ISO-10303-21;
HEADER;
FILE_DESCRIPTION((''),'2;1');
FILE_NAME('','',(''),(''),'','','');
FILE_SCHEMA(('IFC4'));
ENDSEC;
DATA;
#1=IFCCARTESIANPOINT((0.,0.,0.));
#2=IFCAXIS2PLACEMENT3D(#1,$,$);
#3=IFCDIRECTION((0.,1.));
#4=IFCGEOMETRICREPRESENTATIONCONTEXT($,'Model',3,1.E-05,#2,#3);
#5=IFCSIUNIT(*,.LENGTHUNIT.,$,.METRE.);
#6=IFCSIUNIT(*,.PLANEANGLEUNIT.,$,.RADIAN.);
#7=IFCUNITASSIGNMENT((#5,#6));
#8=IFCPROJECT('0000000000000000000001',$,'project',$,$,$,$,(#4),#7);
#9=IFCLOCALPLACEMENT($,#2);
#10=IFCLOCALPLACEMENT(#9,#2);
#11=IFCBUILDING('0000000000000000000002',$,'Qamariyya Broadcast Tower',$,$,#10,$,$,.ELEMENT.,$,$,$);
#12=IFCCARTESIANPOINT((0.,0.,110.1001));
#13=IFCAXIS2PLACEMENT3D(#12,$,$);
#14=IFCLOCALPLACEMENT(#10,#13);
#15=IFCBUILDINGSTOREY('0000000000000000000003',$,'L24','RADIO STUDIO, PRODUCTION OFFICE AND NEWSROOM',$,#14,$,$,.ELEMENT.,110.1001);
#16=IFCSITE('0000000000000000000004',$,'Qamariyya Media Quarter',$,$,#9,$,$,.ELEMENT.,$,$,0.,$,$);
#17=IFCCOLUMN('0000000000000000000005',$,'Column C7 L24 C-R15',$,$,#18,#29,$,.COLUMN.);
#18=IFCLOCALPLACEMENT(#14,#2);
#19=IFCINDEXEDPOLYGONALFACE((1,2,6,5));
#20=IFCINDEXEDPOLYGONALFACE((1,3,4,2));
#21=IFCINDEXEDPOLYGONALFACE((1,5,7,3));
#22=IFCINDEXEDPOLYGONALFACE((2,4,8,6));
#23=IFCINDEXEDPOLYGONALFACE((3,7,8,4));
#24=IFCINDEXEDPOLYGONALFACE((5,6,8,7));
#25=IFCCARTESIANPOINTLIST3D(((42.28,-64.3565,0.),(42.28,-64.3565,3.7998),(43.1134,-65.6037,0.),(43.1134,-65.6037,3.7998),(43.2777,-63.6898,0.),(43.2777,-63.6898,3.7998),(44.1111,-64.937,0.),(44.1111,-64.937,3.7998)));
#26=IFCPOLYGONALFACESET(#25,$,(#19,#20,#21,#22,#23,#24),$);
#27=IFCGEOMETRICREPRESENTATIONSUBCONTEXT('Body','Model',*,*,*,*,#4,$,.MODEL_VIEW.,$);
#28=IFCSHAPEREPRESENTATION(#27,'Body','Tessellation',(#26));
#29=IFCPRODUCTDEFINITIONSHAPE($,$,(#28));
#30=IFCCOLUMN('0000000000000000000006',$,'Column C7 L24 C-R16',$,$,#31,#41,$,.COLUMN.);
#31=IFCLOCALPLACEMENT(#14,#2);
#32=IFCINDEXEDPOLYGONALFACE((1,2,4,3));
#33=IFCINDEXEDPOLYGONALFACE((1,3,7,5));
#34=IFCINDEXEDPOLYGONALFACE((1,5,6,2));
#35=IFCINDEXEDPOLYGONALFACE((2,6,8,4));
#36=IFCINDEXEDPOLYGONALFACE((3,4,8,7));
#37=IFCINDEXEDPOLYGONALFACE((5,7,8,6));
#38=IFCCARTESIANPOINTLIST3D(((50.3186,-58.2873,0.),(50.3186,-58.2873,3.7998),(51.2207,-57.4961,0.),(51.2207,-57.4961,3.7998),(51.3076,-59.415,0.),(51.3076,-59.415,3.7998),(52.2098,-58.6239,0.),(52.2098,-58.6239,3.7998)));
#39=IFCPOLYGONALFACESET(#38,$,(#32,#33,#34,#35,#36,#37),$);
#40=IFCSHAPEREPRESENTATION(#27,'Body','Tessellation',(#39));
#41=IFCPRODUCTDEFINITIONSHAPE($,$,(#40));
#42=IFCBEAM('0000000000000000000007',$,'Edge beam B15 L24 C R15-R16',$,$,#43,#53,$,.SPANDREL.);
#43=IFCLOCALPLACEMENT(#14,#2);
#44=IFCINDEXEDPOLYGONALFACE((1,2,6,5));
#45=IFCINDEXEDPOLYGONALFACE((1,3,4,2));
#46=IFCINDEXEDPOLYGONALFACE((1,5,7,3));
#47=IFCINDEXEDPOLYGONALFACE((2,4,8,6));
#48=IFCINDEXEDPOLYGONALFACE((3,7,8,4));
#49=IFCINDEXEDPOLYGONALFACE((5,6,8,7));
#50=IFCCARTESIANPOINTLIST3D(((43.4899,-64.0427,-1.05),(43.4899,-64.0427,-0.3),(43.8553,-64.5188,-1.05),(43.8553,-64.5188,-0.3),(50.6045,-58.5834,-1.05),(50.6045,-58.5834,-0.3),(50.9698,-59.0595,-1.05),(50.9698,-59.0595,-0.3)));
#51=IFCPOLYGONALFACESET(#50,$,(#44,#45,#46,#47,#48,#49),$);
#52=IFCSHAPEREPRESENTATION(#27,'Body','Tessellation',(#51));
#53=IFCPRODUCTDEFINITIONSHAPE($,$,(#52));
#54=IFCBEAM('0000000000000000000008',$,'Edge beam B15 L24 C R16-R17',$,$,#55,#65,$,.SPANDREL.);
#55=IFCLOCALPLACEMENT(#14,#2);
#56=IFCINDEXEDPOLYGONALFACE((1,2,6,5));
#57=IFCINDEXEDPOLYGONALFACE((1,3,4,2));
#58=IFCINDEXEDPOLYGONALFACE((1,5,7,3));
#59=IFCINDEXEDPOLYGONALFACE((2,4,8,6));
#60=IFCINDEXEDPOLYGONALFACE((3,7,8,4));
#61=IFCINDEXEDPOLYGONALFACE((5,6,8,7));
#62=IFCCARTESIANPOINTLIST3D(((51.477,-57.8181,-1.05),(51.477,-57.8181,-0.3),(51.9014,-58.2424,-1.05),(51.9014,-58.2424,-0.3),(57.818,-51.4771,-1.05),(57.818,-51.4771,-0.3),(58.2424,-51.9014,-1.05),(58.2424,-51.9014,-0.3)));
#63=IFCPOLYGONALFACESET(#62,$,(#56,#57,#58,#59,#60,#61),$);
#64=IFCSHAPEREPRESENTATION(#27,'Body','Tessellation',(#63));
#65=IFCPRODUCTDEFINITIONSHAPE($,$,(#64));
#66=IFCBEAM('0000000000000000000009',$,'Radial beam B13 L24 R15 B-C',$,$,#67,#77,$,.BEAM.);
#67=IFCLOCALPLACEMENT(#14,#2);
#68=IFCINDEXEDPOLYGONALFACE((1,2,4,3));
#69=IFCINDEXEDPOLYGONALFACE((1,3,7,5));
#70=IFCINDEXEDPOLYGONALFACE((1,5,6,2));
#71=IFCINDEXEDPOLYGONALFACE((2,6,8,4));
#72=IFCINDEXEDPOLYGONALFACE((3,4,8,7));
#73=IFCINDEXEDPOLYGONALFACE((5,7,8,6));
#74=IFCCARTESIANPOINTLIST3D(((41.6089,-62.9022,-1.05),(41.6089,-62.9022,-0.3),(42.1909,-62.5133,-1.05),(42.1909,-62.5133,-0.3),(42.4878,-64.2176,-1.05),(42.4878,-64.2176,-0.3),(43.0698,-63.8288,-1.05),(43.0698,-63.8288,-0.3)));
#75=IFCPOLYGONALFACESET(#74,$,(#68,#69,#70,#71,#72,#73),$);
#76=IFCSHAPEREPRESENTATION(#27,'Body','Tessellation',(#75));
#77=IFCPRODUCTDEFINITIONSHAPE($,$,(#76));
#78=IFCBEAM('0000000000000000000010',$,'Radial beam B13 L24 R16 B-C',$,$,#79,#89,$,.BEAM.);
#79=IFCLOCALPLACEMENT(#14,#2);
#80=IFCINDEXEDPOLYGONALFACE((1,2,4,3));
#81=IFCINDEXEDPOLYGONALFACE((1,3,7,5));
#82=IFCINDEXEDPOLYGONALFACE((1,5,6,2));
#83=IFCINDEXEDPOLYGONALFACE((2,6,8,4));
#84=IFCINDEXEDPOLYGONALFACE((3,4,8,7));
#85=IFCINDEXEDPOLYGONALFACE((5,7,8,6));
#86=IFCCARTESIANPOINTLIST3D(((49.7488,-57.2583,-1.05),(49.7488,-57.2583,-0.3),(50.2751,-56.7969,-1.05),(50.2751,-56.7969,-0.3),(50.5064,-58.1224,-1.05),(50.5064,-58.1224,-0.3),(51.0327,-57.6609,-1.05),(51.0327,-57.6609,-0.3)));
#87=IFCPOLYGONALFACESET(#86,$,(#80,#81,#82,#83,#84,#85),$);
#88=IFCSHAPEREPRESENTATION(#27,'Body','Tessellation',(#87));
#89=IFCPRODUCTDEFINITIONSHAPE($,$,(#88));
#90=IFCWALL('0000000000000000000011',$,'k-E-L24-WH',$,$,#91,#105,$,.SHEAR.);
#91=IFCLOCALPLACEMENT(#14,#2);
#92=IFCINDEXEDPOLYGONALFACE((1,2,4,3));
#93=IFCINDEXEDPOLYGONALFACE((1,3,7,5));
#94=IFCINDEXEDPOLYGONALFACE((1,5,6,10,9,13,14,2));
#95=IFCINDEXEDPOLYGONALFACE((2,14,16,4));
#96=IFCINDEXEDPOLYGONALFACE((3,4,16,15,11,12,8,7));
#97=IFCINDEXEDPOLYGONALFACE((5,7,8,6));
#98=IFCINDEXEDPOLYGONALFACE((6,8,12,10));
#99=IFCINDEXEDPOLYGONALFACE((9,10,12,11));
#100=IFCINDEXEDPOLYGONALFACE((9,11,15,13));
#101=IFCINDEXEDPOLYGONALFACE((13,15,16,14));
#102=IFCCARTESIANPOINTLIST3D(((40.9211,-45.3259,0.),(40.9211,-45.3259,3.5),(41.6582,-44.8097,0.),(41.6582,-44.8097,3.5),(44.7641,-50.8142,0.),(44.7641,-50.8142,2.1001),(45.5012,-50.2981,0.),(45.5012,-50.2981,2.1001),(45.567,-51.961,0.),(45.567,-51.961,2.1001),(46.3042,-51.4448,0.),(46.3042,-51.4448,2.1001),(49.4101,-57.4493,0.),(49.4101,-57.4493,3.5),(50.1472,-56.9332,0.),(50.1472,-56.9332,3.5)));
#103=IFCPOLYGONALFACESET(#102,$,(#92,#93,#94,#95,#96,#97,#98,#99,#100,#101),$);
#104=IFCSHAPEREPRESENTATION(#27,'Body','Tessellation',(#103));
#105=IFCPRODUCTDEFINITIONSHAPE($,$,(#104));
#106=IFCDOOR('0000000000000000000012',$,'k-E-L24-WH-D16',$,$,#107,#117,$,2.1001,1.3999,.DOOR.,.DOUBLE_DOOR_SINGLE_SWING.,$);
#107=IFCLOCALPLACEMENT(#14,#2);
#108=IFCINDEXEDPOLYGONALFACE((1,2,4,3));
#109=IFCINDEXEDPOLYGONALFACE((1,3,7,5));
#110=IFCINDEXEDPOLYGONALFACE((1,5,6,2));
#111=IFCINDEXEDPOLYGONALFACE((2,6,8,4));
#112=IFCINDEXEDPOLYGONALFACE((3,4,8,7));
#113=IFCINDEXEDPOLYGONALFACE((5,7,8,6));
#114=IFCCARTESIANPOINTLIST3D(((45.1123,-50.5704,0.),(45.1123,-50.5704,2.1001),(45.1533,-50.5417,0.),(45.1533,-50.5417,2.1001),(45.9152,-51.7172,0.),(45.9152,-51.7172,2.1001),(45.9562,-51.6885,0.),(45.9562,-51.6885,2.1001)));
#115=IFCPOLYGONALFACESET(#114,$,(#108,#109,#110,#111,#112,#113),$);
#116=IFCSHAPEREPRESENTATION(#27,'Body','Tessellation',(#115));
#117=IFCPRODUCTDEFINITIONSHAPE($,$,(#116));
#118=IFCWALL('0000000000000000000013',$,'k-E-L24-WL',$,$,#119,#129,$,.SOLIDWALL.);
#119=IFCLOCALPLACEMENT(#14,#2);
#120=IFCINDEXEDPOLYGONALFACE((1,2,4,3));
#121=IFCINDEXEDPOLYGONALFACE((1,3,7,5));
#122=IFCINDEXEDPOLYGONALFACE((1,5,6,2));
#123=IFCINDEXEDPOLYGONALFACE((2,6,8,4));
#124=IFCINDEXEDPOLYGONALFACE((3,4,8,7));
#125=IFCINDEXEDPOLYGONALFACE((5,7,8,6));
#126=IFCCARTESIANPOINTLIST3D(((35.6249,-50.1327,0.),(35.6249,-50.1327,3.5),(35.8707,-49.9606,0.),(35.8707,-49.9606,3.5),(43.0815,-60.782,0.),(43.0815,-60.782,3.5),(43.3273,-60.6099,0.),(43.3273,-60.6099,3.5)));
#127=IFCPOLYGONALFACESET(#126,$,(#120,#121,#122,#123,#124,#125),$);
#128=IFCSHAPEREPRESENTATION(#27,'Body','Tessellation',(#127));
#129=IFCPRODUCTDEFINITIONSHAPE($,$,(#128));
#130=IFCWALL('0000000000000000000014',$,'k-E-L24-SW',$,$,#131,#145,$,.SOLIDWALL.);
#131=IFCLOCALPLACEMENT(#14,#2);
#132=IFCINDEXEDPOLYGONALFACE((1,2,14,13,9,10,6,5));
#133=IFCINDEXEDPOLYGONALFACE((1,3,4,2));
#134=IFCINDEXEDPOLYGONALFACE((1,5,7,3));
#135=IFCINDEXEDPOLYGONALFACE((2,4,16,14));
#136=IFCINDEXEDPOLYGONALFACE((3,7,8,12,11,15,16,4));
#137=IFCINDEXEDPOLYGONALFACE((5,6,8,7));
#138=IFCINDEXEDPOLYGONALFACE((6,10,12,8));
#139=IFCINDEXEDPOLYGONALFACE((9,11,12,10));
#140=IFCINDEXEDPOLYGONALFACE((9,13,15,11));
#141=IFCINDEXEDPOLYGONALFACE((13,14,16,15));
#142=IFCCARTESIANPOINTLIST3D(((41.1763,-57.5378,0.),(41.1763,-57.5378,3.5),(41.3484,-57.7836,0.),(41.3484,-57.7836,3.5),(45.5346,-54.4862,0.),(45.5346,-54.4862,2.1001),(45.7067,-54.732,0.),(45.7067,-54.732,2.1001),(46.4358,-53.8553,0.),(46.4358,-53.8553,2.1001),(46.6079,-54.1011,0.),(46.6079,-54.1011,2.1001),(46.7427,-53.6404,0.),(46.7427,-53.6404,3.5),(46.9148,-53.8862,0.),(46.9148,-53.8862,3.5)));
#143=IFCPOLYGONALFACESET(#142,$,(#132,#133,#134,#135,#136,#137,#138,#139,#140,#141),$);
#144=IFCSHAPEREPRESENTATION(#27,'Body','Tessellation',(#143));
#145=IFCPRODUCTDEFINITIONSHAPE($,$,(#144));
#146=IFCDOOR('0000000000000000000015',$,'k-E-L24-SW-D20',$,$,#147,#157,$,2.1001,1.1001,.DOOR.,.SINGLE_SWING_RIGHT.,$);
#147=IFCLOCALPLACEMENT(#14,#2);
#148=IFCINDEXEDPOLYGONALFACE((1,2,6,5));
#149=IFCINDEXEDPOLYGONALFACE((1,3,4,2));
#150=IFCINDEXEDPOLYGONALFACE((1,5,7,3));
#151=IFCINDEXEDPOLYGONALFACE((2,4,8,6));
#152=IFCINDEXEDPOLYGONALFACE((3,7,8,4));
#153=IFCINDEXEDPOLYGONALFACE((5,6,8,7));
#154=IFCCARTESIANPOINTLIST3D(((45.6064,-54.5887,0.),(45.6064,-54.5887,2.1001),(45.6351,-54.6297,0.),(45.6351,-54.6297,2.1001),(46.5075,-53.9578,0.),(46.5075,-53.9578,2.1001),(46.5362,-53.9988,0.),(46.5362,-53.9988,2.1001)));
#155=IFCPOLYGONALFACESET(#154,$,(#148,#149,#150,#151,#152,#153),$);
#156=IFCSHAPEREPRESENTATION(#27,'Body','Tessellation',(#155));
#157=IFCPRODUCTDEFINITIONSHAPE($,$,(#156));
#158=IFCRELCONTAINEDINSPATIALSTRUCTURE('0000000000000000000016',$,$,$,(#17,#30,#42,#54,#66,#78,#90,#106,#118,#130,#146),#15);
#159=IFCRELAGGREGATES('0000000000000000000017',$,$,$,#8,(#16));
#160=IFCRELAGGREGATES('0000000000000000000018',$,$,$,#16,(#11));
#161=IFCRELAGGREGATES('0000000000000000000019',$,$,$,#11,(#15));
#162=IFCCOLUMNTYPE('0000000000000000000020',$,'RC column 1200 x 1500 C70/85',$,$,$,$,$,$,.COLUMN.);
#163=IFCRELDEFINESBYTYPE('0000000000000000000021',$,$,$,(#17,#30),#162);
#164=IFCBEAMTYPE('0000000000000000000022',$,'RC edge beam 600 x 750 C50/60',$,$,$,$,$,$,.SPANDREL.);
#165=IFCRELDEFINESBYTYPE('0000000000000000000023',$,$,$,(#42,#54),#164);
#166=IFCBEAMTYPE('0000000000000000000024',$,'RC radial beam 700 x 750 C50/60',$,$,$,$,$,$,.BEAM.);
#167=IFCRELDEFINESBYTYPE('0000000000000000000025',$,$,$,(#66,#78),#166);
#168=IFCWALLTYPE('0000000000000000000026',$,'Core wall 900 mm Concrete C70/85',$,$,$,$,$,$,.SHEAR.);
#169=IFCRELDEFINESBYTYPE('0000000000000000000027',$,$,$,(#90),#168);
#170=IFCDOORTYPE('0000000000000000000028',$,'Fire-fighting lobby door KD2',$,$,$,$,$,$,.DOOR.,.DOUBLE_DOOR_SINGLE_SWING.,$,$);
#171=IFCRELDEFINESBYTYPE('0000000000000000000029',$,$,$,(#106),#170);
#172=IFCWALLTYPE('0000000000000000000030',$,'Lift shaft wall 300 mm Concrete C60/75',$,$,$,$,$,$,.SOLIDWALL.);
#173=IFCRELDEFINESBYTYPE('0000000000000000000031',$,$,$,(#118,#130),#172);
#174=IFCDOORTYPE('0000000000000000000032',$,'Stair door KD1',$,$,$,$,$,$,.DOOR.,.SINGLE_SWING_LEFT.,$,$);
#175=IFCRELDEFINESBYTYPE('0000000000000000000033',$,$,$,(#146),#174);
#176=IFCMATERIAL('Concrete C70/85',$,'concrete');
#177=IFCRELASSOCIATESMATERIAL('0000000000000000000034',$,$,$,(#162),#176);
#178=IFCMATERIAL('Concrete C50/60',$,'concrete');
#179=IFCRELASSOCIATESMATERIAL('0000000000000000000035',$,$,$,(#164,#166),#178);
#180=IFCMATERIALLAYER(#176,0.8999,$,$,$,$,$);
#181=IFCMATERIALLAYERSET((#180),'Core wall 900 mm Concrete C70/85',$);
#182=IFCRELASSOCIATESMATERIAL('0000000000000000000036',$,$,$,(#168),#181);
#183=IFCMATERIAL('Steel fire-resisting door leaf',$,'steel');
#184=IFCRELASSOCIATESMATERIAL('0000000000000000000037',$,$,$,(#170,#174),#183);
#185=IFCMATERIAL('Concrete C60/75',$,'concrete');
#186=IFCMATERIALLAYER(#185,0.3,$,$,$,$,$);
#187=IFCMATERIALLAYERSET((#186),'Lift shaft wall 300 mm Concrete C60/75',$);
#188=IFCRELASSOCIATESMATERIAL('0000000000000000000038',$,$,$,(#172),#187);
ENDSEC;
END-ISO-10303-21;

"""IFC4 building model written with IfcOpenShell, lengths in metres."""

from ifc_helpers import new_model, si_unit, direction, frame, frame_2d, origin, origin_2d, place, context, subcontext, project, spatial, rectangle, extrude, material, layer, layer_set, material_profile, profile_set, type_object, element, fill, save


model = new_model("IFC4")

# Units and contexts
model_context = context("Model", 3, precision=1e-05, world=origin(), true_north=direction((0.0, 1.0)))
body_context = subcontext(model_context, "Body", "Model", "MODEL_VIEW")
ifc_project = project(units=[si_unit("LENGTHUNIT", "METRE"), si_unit("PLANEANGLEUNIT", "RADIAN")], contexts=[model_context])

# Site, building, storey
site_placement = place(None, origin())
site = spatial("IfcSite", under=ifc_project, at=site_placement, Name="Qamariyya Media Quarter", CompositionType="ELEMENT", RefElevation=0.0)
building_placement = place(site_placement, origin())
building = spatial("IfcBuilding", under=site, at=building_placement, Name="Qamariyya Broadcast Tower", CompositionType="ELEMENT")
storey_placement = place(building_placement, frame((0.0, 0.0, 110.1001)))
storey = spatial("IfcBuildingStorey", under=building, at=storey_placement, Name="L24", Description="RADIO STUDIO, PRODUCTION OFFICE AND NEWSROOM", CompositionType="ELEMENT", Elevation=110.1001)

# Columns
ifc_material_1 = material(Name="Concrete C70/85", Category="concrete")
ifc_material_profile_1 = material_profile(ifc_material_1, rectangle(XDim=1.2, YDim=1.5, at=origin_2d()))
ifc_profile_set_1 = profile_set([ifc_material_profile_1], Name="Concrete C70/85")
column_type = type_object("IfcColumnType", Name="RC column 1200 x 1500 C70/85", PredefinedType="COLUMN", material=ifc_profile_set_1)
for number, where, z_axis, x_axis, name in (
    (1, (43.1956, -64.6467, 0.0), (0.0, 0.0, 1.0), (0.83147, 0.55557, 0.0), "Column C7 L24 C-R15"),
    (2, (51.2642, -58.4556, 0.0), (0.0, 0.0, 1.0), (0.75184, 0.659346, 0.0), "Column C7 L24 C-R16"),
):
    element("IfcColumn", number, at=place(storey_placement, frame(where, z_axis=z_axis, x_axis=x_axis)), inside=storey, type_object=column_type, Name=name, PredefinedType="COLUMN", context=body_context, shape_type="SweptSolid", body=[
        extrude(rectangle(XDim=1.2, YDim=1.5, at=origin_2d()), origin(), (0.0, 0.0, 1.0), 3.7998),
    ])

# Beams
ifc_material_2 = material(Name="Concrete C50/60", Category="concrete")
ifc_material_profile_2 = material_profile(ifc_material_2, rectangle(XDim=0.6001, YDim=0.75, at=origin_2d()))
ifc_profile_set_2 = profile_set([ifc_material_profile_2], Name="Concrete C50/60")
beam_type_1 = type_object("IfcBeamType", Name="RC edge beam 600 x 750 C50/60", PredefinedType="SPANDREL", material=ifc_profile_set_2)
beam_1_placement = place(storey_placement, frame((43.6726, -64.2808, -0.675), z_axis=(0.793349, 0.608767, 0.0), x_axis=(-0.608767, 0.793349, 0.0)))
element("IfcBeam", 3, at=beam_1_placement, inside=storey, type_object=beam_type_1, Name="Edge beam B15 L24 C R15-R16", PredefinedType="SPANDREL", context=body_context, shape_type="SweptSolid", body=[
    extrude(rectangle(XDim=0.6001, YDim=0.75, at=origin_2d()), origin(), (0.0, 0.0, 1.0), 8.9678),
])
beam_2_placement = place(storey_placement, frame((51.6892, -58.0303, -0.675), z_axis=(0.707107, 0.707107, 0.0), x_axis=(-0.707107, 0.707107, 0.0)))
element("IfcBeam", 4, at=beam_2_placement, inside=storey, type_object=beam_type_1, Name="Edge beam B15 L24 C R16-R17", PredefinedType="SPANDREL", context=body_context, shape_type="SweptSolid", body=[
    extrude(rectangle(XDim=0.6001, YDim=0.75, at=origin_2d()), origin(), (0.0, 0.0, 1.0), 8.9675),
])
ifc_material_profile_3 = material_profile(ifc_material_2, rectangle(XDim=0.7, YDim=0.75, at=origin_2d()))
ifc_profile_set_3 = profile_set([ifc_material_profile_3], Name="Concrete C50/60")
beam_type_2 = type_object("IfcBeamType", Name="RC radial beam 700 x 750 C50/60", PredefinedType="BEAM", material=ifc_profile_set_3)
beam_3_placement = place(storey_placement, frame((41.8999, -62.7078, -0.675), z_axis=(0.555555, -0.83148, 0.0), x_axis=(0.83148, 0.555555, 0.0)))
element("IfcBeam", 5, at=beam_3_placement, inside=storey, type_object=beam_type_2, Name="Radial beam B13 L24 R15 B-C", PredefinedType="BEAM", context=body_context, shape_type="SweptSolid", body=[
    extrude(rectangle(XDim=0.7, YDim=0.75, at=origin_2d()), origin(), (0.0, 0.0, 1.0), 1.582),
])
beam_4_placement = place(storey_placement, frame((50.012, -57.0276, -0.675), z_axis=(0.659271, -0.751905, 0.0), x_axis=(0.751905, 0.659271, 0.0)))
element("IfcBeam", 6, at=beam_4_placement, inside=storey, type_object=beam_type_2, Name="Radial beam B13 L24 R16 B-C", PredefinedType="BEAM", context=body_context, shape_type="SweptSolid", body=[
    extrude(rectangle(XDim=0.7, YDim=0.75, at=origin_2d()), origin(), (0.0, 0.0, 1.0), 1.1492),
])

# Wall, opening, door
ifc_layer_1 = layer(ifc_material_1, 0.8999)
ifc_layer_set_1 = layer_set([ifc_layer_1], Name="Core wall 900 mm Concrete C70/85")
wall_type_1 = type_object("IfcWallType", Name="Core wall 900 mm Concrete C70/85", PredefinedType="SHEAR", material=ifc_layer_set_1)
wall_1_placement = place(storey_placement, frame((49.7786, -57.1912, 0.0), z_axis=(0.0, 0.0, 1.0), x_axis=(-0.573577, 0.819151, 0.0)))
wall_1 = element("IfcWall", 7, at=wall_1_placement, inside=storey, type_object=wall_type_1, Name="k-E-L24-WH", PredefinedType="SHEAR", context=body_context, shape_type="SweptSolid", body=[
    extrude(rectangle(XDim=14.8, YDim=0.8999, at=frame_2d((7.3999, 0.0))), origin(), (0.0, 0.0, 1.0), 3.5),
])
opening_1_placement = place(wall_1_placement, frame((6.7, 0.0, 0.0)))
opening_1 = element("IfcOpeningElement", 8, at=opening_1_placement, cuts=wall_1, PredefinedType="OPENING", context=body_context, shape_type="SweptSolid", body=[
    extrude(rectangle(XDim=1.3999, YDim=2.1001, at=frame_2d((0.7, 1.05))), frame((0.0, 0.46, 0.0), z_axis=(0.0, -1.0, 0.0), x_axis=(1.0, 0.0, 0.0)), (0.0, 0.0, 1.0), 0.9199),
])
ifc_material_3 = material(Name="Steel fire-resisting door leaf", Category="steel")
door_type_1 = type_object("IfcDoorType", Name="Fire-fighting lobby door KD2", OperationType="DOUBLE_DOOR_SINGLE_SWING", PredefinedType="DOOR", material=ifc_material_3)
door_1_placement = place(opening_1_placement, origin())
door_1 = element("IfcDoor", 9, at=door_1_placement, inside=storey, type_object=door_type_1, Name="k-E-L24-WH-D16", OperationType="DOUBLE_DOOR_SINGLE_SWING", OverallHeight=2.1001, OverallWidth=1.3999, PredefinedType="DOOR", context=body_context, shape_type="SweptSolid", body=[
    extrude(rectangle(XDim=1.3999, YDim=2.1001, at=frame_2d((0.7, 1.05))), frame((0.0, 0.0249, 0.0), z_axis=(0.0, -1.0, 0.0), x_axis=(1.0, 0.0, 0.0)), (0.0, 0.0, 1.0), 0.05),
])
fill(opening_1, door_1)

# Wall
ifc_material_4 = material(Name="Concrete C60/75", Category="concrete")
ifc_layer_2 = layer(ifc_material_4, 0.3)
ifc_layer_set_2 = layer_set([ifc_layer_2], Name="Lift shaft wall 300 mm Concrete C60/75")
wall_type_2 = type_object("IfcWallType", Name="Lift shaft wall 300 mm Concrete C60/75", PredefinedType="SOLIDWALL", material=ifc_layer_set_2)
wall_2_placement = place(storey_placement, frame((43.2043, -60.6958, 0.0), z_axis=(0.0, 0.0, 1.0), x_axis=(-0.573572, 0.819155, 0.0)))
element("IfcWall", 10, at=wall_2_placement, inside=storey, type_object=wall_type_2, Name="k-E-L24-WL", PredefinedType="SOLIDWALL", context=body_context, shape_type="SweptSolid", body=[
    extrude(rectangle(XDim=13.0002, YDim=0.3, at=frame_2d((6.5, 0.0))), origin(), (0.0, 0.0, 1.0), 3.5),
])

# Wall, opening, door
wall_3_placement = place(storey_placement, frame((41.2625, -57.6606, 0.0), z_axis=(0.0, 0.0, 1.0), x_axis=(0.819164, 0.573559, 0.0)))
wall_3 = element("IfcWall", 11, at=wall_3_placement, inside=storey, type_object=wall_type_2, Name="k-E-L24-SW", PredefinedType="SOLIDWALL", context=body_context, shape_type="SweptSolid", body=[
    extrude(rectangle(XDim=6.7952, YDim=0.3, at=frame_2d((3.3975, 0.0))), origin(), (0.0, 0.0, 1.0), 3.5),
])
opening_2_placement = place(wall_3_placement, frame((5.3203, 0.0, 0.0)))
opening_2 = element("IfcOpeningElement", 12, at=opening_2_placement, cuts=wall_3, PredefinedType="OPENING", context=body_context, shape_type="SweptSolid", body=[
    extrude(rectangle(XDim=1.1001, YDim=2.1001, at=frame_2d((0.55, 1.05))), frame((0.0, 0.1599, 0.0), z_axis=(0.0, -1.0, 0.0), x_axis=(1.0, 0.0, 0.0)), (0.0, 0.0, 1.0), 0.3201),
])
door_type_2 = type_object("IfcDoorType", Name="Stair door KD1", OperationType="SINGLE_SWING_LEFT", PredefinedType="DOOR", material=ifc_material_3)
door_2_placement = place(opening_2_placement, origin())
door_2 = element("IfcDoor", 13, at=door_2_placement, inside=storey, type_object=door_type_2, Name="k-E-L24-SW-D20", OperationType="SINGLE_SWING_RIGHT", OverallHeight=2.1001, OverallWidth=1.1001, PredefinedType="DOOR", context=body_context, shape_type="SweptSolid", body=[
    extrude(rectangle(XDim=1.1001, YDim=2.1001, at=frame_2d((0.55, 1.05))), frame((0.0, 0.0249, 0.0), z_axis=(0.0, -1.0, 0.0), x_axis=(1.0, 0.0, 0.0)), (0.0, 0.0, 1.0), 0.05),
])
fill(opening_2, door_2)

save(model, "model.ifc")
